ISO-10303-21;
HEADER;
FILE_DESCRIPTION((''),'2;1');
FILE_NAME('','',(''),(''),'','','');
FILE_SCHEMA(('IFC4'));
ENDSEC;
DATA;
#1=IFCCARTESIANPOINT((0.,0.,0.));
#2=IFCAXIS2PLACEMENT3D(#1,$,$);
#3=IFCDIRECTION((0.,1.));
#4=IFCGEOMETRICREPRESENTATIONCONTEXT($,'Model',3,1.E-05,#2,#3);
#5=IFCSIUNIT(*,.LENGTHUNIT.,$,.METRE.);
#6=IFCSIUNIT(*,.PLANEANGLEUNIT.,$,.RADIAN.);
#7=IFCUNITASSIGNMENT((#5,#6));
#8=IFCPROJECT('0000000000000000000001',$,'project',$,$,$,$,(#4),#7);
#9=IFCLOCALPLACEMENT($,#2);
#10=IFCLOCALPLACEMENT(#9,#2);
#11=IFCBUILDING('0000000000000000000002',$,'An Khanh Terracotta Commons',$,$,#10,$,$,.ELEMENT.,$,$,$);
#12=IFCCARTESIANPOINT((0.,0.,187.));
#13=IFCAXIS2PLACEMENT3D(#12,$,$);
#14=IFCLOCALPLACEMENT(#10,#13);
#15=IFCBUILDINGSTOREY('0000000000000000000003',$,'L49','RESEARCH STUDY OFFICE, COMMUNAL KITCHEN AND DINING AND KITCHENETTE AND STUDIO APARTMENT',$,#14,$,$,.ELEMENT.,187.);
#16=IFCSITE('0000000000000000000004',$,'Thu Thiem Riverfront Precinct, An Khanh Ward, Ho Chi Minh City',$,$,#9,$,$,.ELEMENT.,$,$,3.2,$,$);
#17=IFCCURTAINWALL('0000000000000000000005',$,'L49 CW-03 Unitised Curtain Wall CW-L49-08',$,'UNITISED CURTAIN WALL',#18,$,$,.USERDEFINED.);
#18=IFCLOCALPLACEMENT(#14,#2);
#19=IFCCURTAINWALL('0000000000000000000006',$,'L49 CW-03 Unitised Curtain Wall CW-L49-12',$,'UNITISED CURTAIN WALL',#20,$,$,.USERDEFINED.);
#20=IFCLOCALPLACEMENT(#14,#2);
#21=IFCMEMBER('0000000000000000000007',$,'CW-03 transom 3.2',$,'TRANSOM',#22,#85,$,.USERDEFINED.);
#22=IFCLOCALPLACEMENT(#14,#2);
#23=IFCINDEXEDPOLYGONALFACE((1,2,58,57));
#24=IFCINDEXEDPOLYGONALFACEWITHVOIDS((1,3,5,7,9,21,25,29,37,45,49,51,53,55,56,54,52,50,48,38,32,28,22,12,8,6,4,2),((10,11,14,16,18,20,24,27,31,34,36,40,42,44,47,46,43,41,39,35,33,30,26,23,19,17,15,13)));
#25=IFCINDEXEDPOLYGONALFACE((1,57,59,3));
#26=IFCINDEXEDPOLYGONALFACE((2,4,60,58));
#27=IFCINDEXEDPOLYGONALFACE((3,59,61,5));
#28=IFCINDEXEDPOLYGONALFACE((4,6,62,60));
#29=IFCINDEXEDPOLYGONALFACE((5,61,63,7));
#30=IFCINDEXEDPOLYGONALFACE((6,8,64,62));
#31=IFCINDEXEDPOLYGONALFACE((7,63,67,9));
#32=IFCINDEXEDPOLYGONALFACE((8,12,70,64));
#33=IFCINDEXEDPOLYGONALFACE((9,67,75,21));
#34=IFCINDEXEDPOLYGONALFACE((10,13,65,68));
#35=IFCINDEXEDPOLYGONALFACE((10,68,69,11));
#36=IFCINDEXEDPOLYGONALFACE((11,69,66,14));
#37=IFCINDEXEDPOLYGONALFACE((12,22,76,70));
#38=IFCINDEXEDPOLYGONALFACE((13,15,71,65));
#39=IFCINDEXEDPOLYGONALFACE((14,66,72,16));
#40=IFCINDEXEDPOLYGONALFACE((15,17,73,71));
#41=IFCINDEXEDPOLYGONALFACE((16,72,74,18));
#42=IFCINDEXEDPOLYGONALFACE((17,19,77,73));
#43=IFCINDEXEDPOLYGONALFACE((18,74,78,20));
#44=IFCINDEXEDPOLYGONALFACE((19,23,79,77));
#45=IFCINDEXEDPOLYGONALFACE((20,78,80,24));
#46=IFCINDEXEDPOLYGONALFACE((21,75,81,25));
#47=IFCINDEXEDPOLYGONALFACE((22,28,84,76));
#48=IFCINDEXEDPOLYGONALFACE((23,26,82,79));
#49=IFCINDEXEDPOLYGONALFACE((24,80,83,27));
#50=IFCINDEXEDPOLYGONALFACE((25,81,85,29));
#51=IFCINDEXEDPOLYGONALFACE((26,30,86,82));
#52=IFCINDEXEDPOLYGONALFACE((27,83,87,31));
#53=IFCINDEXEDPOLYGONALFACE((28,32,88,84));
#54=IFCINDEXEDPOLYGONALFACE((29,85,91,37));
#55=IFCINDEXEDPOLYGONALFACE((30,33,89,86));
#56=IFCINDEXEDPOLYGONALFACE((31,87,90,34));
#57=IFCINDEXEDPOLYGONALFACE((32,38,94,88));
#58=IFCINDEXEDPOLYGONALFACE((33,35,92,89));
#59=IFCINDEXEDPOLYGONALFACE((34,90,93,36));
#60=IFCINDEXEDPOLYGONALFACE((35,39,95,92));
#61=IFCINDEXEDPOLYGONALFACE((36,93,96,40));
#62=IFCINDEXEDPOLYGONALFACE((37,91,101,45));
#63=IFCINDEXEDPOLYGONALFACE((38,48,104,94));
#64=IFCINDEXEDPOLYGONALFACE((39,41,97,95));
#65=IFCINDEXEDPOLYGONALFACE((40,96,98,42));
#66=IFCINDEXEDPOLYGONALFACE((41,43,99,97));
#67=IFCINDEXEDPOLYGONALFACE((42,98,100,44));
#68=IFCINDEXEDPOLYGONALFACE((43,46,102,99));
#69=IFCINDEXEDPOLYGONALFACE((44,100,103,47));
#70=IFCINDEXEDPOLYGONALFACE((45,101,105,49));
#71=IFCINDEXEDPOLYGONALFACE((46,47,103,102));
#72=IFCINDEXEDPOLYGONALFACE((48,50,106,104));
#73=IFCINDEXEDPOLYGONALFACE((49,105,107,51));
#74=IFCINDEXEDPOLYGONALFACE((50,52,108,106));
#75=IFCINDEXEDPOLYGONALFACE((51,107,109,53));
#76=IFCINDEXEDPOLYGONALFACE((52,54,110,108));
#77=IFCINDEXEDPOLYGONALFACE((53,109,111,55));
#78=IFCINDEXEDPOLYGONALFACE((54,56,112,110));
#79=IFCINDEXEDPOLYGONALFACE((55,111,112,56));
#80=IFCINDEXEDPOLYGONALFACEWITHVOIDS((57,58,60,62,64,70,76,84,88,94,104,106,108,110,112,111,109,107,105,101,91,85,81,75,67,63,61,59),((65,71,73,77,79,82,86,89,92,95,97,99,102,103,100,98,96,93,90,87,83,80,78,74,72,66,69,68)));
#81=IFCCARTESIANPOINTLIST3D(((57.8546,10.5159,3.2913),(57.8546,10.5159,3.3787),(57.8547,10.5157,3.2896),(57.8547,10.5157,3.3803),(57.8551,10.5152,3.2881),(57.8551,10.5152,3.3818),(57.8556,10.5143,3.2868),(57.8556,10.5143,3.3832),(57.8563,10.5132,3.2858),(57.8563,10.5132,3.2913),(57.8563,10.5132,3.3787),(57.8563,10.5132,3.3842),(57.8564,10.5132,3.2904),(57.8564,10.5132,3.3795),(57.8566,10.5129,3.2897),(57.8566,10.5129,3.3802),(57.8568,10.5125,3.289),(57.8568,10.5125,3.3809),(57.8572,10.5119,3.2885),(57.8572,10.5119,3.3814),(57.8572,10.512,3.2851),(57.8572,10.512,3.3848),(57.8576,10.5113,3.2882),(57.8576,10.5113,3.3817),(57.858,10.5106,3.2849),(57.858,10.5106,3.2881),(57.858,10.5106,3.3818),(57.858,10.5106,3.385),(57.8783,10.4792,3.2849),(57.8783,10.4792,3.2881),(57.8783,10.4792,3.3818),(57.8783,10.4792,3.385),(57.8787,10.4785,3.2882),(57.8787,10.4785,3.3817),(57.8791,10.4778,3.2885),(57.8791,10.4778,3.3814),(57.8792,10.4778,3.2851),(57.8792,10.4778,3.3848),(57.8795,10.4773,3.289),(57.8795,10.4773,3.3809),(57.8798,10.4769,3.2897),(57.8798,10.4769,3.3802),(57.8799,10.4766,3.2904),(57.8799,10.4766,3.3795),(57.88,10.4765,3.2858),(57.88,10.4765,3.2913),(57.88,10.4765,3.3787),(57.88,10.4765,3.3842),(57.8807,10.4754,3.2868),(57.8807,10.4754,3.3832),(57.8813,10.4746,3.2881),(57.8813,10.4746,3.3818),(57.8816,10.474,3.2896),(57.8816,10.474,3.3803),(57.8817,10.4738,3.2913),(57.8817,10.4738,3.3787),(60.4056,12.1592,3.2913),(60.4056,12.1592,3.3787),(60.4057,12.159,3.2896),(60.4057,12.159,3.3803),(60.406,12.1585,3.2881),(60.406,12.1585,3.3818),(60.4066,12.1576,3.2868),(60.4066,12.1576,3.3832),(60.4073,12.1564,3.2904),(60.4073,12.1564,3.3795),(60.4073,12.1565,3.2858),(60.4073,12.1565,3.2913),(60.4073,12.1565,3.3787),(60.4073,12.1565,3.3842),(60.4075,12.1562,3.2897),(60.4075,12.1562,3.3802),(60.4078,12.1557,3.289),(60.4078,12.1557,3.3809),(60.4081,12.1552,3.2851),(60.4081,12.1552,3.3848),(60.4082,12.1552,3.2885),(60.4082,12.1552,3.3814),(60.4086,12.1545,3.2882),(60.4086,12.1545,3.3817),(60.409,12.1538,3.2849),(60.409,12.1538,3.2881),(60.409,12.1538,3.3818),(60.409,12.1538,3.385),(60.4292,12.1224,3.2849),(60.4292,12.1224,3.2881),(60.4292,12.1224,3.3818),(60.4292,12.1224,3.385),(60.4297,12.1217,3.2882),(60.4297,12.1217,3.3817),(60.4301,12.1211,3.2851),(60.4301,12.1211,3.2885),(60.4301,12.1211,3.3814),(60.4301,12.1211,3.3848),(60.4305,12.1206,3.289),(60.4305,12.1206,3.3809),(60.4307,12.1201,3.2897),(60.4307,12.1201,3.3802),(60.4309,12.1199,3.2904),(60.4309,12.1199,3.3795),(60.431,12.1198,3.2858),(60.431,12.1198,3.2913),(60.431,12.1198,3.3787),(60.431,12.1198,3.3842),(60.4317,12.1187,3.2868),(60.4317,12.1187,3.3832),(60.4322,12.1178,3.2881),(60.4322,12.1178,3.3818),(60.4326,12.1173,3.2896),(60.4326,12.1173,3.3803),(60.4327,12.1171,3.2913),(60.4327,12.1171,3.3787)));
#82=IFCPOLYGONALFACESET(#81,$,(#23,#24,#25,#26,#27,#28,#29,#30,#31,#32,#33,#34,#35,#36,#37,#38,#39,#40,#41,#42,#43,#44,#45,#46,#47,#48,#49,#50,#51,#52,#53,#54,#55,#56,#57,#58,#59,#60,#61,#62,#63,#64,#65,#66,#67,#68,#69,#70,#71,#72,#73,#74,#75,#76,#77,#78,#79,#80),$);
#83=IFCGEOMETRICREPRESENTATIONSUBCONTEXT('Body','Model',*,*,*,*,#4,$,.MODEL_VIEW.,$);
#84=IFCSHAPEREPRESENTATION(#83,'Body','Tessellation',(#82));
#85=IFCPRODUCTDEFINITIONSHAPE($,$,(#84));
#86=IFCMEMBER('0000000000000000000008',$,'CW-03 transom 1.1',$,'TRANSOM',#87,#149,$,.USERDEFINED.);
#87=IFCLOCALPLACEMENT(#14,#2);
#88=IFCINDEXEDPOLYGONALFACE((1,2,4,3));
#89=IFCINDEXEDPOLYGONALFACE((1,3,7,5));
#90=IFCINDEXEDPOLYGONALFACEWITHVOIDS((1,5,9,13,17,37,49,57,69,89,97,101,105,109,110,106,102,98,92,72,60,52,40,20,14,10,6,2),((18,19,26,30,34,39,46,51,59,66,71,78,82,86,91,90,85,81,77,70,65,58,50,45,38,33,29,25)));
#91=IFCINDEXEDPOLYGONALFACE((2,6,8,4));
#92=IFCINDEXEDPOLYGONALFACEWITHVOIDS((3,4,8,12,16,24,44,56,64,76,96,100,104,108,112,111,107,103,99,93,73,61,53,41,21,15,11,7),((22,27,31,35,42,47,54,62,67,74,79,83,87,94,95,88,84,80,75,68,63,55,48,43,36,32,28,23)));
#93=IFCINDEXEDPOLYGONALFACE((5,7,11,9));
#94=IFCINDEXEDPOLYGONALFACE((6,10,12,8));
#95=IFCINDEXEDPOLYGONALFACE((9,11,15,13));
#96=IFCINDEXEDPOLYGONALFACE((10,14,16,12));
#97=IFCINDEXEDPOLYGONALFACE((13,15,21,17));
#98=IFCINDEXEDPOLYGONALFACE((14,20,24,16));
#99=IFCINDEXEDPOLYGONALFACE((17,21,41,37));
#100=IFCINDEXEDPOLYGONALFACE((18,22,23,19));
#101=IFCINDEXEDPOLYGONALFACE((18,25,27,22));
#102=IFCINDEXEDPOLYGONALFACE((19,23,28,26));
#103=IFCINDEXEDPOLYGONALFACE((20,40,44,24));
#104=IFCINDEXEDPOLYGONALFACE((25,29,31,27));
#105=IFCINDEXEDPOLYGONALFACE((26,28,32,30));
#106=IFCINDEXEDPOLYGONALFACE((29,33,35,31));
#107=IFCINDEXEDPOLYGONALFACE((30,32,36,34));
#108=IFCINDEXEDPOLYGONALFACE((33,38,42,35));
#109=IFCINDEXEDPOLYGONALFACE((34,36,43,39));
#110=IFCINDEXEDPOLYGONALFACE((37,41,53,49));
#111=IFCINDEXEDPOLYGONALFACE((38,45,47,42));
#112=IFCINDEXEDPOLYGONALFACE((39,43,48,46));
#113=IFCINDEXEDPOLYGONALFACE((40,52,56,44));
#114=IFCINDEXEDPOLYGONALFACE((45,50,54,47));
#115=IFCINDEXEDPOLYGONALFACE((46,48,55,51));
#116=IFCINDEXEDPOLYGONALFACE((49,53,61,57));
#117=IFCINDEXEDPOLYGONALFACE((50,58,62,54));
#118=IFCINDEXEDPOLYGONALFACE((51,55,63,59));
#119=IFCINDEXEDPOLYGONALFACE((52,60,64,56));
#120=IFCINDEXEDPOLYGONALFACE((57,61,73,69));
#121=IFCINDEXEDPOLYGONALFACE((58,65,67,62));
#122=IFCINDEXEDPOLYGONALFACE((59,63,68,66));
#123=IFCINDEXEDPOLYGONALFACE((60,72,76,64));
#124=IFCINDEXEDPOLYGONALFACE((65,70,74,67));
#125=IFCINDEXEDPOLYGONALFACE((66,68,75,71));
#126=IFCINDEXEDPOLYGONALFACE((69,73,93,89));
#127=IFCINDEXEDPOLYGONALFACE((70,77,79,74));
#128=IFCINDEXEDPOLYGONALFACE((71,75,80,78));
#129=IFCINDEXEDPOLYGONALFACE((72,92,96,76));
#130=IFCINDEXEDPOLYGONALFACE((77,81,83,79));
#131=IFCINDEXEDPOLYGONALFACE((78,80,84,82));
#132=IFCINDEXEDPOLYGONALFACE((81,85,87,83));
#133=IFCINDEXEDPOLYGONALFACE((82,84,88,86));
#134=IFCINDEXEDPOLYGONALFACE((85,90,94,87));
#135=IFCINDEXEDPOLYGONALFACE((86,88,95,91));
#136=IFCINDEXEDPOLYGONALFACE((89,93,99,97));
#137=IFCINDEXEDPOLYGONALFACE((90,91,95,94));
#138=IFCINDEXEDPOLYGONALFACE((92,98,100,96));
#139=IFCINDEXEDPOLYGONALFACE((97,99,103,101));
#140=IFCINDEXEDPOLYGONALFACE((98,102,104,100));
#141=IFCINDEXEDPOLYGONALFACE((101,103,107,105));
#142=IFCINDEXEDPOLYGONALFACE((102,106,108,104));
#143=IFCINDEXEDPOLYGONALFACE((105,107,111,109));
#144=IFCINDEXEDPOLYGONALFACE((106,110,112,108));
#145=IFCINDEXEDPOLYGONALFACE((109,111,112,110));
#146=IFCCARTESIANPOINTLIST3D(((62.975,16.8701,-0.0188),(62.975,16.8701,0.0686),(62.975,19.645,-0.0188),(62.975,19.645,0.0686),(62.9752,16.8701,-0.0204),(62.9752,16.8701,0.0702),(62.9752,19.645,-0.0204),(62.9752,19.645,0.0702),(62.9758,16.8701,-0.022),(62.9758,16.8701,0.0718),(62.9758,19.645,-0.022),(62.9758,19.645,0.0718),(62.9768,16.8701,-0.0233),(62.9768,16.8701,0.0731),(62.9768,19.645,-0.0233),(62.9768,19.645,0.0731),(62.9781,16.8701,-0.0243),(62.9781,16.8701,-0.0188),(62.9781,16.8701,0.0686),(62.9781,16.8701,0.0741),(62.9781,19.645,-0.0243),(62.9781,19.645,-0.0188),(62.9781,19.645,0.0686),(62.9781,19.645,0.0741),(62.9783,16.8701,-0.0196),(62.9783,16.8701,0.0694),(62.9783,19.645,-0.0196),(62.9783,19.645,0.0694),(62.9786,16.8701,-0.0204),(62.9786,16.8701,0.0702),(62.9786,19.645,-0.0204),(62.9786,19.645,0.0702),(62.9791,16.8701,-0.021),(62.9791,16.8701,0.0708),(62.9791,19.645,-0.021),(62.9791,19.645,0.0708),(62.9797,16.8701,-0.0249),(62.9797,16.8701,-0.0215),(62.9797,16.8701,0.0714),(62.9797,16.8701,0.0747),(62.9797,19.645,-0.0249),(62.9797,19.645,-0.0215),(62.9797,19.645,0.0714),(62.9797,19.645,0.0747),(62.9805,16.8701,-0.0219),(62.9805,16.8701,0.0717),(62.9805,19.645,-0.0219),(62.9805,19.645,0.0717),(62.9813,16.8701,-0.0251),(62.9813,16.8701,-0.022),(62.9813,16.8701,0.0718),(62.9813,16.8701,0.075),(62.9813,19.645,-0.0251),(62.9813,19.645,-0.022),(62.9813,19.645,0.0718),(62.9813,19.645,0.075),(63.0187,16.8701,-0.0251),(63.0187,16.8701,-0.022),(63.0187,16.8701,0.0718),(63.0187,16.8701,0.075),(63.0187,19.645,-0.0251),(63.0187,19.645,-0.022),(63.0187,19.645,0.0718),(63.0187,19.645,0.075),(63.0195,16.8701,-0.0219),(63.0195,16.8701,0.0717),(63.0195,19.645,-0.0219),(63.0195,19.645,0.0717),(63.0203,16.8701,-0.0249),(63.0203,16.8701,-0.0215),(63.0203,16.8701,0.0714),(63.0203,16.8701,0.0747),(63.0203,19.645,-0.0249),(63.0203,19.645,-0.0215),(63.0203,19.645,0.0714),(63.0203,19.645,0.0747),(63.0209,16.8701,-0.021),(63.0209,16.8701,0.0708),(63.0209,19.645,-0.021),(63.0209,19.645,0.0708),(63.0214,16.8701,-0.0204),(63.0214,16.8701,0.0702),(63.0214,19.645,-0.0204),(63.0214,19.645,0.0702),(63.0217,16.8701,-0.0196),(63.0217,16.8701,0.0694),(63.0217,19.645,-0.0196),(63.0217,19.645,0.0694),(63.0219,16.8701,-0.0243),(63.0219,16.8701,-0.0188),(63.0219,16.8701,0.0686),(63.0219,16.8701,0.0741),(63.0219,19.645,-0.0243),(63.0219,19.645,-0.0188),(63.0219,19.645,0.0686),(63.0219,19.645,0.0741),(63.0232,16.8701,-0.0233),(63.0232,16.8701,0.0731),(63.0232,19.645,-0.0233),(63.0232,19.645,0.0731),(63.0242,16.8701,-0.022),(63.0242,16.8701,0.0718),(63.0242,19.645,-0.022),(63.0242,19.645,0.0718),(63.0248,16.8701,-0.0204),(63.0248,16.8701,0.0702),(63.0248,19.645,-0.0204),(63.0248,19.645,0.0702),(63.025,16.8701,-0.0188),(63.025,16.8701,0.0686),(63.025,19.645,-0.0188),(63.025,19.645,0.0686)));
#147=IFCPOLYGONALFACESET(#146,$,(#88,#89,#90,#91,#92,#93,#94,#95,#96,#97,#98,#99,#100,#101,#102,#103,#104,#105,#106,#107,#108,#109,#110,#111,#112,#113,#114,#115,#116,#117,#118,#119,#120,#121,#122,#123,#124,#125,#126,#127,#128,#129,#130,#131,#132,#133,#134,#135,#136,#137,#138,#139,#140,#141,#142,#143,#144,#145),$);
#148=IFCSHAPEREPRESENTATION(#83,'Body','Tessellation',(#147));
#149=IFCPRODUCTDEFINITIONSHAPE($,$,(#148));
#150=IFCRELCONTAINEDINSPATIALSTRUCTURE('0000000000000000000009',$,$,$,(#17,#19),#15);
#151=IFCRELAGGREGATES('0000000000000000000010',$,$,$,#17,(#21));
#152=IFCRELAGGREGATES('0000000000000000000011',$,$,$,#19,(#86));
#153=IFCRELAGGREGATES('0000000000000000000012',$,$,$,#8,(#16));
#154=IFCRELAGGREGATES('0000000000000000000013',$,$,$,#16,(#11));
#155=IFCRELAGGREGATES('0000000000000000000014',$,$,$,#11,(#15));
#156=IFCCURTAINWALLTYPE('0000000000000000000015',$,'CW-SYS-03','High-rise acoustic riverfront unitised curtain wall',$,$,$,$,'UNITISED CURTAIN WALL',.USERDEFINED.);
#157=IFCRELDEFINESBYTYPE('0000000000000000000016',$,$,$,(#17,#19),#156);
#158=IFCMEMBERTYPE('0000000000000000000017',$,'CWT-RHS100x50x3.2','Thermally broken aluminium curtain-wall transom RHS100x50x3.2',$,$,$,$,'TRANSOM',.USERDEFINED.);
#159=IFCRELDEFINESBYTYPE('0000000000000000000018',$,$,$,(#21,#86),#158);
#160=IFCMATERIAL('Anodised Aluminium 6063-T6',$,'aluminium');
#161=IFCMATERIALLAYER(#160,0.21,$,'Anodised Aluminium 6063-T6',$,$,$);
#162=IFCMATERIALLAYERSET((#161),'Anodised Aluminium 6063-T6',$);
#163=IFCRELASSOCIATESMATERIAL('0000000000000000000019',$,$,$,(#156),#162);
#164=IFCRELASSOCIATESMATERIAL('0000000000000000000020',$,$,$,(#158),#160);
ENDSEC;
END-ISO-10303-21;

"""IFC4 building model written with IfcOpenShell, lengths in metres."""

from ifc_helpers import new_model, si_unit, direction, frame, origin, origin_2d, place, context, subcontext, project, spatial, hollow_rectangle, extrude, material, layer, layer_set, material_profile, profile_set, type_object, element, aggregate, save


model = new_model("IFC4")

# Units and contexts
model_context = context("Model", 3, precision=1e-05, world=origin(), true_north=direction((0.0, 1.0)))
body_context = subcontext(model_context, "Body", "Model", "MODEL_VIEW")
ifc_project = project(units=[si_unit("LENGTHUNIT", "METRE"), si_unit("PLANEANGLEUNIT", "RADIAN")], contexts=[model_context])

# Site, building, storey
site_placement = place(None, origin())
site = spatial("IfcSite", under=ifc_project, at=site_placement, Name="Thu Thiem Riverfront Precinct, An Khanh Ward, Ho Chi Minh City", CompositionType="ELEMENT", RefElevation=3.2)
building_placement = place(site_placement, origin())
building = spatial("IfcBuilding", under=site, at=building_placement, Name="An Khanh Terracotta Commons", CompositionType="ELEMENT")
storey_placement = place(building_placement, frame((0.0, 0.0, 187.0)))
storey = spatial("IfcBuildingStorey", under=building, at=storey_placement, Name="L49", Description="RESEARCH STUDY OFFICE, COMMUNAL KITCHEN AND DINING AND KITCHENETTE AND STUDIO APARTMENT", CompositionType="ELEMENT", Elevation=187.0)

# Curtain walls
ifc_material_1 = material(Name="Anodised Aluminium 6063-T6", Category="aluminium")
ifc_layer_1 = layer(ifc_material_1, 0.21, Name="Anodised Aluminium 6063-T6")
ifc_layer_set_1 = layer_set([ifc_layer_1], Name="Anodised Aluminium 6063-T6")
curtain_wall_type = type_object("IfcCurtainWallType", Name="CW-SYS-03", Description="High-rise acoustic riverfront unitised curtain wall", ElementType="UNITISED CURTAIN WALL", PredefinedType="USERDEFINED", material=ifc_layer_set_1)
curtain_wall_1_placement = place(storey_placement, origin())
curtain_wall_1 = element("IfcCurtainWall", 1, at=curtain_wall_1_placement, inside=storey, type_object=curtain_wall_type, Name="L49 CW-03 Unitised Curtain Wall CW-L49-08", ObjectType="UNITISED CURTAIN WALL", PredefinedType="USERDEFINED")
curtain_wall_2_placement = place(storey_placement, origin())
curtain_wall_2 = element("IfcCurtainWall", 2, at=curtain_wall_2_placement, inside=storey, type_object=curtain_wall_type, Name="L49 CW-03 Unitised Curtain Wall CW-L49-12", ObjectType="UNITISED CURTAIN WALL", PredefinedType="USERDEFINED")

# Members
ifc_material_profile_1 = material_profile(ifc_material_1, hollow_rectangle(XDim=0.05, YDim=0.1001, WallThickness=0.0032, InnerFilletRadius=0.0032, OuterFilletRadius=0.0063, at=origin_2d()), Name="RHS100x50x3.2")
ifc_profile_set_1 = profile_set([ifc_material_profile_1], Name="Anodised Aluminium 6063-T6")
member_type_1 = type_object("IfcMemberType", Name="CWT-RHS100x50x3.2", Description="Thermally broken aluminium curtain-wall transom RHS100x50x3.2", ElementType="TRANSOM", PredefinedType="USERDEFINED", material=ifc_profile_set_1)
member_1_placement = place(storey_placement, frame((57.8682, 10.4949, 3.335), z_axis=(0.840674, 0.541542, 0.0), x_axis=(-0.541542, 0.840674, 0.0)))
member_1 = element("IfcMember", 3, at=member_1_placement, type_object=member_type_1, Name="CW-03 transom 3.2", ObjectType="TRANSOM", PredefinedType="USERDEFINED", context=body_context, shape_type="SweptSolid", body=[
    extrude(hollow_rectangle(XDim=0.05, YDim=0.1001, WallThickness=0.0032, InnerFilletRadius=0.0032, OuterFilletRadius=0.0063, at=origin_2d()), origin(), (0.0, 0.0, 1.0), 3.0344),
])
member_2_placement = place(storey_placement, frame((63.0, 16.8701, 0.0249), z_axis=(0.0, 1.0, 0.0), x_axis=(-1.0, 0.0, 0.0)))
member_2 = element("IfcMember", 4, at=member_2_placement, type_object=member_type_1, Name="CW-03 transom 1.1", ObjectType="TRANSOM", PredefinedType="USERDEFINED", context=body_context, shape_type="SweptSolid", body=[
    extrude(hollow_rectangle(XDim=0.05, YDim=0.1001, WallThickness=0.0032, InnerFilletRadius=0.0032, OuterFilletRadius=0.0063, at=origin_2d()), origin(), (0.0, 0.0, 1.0), 2.7749),
])

aggregate(curtain_wall_1, [member_1])
aggregate(curtain_wall_2, [member_2])

save(model, "model.ifc")
